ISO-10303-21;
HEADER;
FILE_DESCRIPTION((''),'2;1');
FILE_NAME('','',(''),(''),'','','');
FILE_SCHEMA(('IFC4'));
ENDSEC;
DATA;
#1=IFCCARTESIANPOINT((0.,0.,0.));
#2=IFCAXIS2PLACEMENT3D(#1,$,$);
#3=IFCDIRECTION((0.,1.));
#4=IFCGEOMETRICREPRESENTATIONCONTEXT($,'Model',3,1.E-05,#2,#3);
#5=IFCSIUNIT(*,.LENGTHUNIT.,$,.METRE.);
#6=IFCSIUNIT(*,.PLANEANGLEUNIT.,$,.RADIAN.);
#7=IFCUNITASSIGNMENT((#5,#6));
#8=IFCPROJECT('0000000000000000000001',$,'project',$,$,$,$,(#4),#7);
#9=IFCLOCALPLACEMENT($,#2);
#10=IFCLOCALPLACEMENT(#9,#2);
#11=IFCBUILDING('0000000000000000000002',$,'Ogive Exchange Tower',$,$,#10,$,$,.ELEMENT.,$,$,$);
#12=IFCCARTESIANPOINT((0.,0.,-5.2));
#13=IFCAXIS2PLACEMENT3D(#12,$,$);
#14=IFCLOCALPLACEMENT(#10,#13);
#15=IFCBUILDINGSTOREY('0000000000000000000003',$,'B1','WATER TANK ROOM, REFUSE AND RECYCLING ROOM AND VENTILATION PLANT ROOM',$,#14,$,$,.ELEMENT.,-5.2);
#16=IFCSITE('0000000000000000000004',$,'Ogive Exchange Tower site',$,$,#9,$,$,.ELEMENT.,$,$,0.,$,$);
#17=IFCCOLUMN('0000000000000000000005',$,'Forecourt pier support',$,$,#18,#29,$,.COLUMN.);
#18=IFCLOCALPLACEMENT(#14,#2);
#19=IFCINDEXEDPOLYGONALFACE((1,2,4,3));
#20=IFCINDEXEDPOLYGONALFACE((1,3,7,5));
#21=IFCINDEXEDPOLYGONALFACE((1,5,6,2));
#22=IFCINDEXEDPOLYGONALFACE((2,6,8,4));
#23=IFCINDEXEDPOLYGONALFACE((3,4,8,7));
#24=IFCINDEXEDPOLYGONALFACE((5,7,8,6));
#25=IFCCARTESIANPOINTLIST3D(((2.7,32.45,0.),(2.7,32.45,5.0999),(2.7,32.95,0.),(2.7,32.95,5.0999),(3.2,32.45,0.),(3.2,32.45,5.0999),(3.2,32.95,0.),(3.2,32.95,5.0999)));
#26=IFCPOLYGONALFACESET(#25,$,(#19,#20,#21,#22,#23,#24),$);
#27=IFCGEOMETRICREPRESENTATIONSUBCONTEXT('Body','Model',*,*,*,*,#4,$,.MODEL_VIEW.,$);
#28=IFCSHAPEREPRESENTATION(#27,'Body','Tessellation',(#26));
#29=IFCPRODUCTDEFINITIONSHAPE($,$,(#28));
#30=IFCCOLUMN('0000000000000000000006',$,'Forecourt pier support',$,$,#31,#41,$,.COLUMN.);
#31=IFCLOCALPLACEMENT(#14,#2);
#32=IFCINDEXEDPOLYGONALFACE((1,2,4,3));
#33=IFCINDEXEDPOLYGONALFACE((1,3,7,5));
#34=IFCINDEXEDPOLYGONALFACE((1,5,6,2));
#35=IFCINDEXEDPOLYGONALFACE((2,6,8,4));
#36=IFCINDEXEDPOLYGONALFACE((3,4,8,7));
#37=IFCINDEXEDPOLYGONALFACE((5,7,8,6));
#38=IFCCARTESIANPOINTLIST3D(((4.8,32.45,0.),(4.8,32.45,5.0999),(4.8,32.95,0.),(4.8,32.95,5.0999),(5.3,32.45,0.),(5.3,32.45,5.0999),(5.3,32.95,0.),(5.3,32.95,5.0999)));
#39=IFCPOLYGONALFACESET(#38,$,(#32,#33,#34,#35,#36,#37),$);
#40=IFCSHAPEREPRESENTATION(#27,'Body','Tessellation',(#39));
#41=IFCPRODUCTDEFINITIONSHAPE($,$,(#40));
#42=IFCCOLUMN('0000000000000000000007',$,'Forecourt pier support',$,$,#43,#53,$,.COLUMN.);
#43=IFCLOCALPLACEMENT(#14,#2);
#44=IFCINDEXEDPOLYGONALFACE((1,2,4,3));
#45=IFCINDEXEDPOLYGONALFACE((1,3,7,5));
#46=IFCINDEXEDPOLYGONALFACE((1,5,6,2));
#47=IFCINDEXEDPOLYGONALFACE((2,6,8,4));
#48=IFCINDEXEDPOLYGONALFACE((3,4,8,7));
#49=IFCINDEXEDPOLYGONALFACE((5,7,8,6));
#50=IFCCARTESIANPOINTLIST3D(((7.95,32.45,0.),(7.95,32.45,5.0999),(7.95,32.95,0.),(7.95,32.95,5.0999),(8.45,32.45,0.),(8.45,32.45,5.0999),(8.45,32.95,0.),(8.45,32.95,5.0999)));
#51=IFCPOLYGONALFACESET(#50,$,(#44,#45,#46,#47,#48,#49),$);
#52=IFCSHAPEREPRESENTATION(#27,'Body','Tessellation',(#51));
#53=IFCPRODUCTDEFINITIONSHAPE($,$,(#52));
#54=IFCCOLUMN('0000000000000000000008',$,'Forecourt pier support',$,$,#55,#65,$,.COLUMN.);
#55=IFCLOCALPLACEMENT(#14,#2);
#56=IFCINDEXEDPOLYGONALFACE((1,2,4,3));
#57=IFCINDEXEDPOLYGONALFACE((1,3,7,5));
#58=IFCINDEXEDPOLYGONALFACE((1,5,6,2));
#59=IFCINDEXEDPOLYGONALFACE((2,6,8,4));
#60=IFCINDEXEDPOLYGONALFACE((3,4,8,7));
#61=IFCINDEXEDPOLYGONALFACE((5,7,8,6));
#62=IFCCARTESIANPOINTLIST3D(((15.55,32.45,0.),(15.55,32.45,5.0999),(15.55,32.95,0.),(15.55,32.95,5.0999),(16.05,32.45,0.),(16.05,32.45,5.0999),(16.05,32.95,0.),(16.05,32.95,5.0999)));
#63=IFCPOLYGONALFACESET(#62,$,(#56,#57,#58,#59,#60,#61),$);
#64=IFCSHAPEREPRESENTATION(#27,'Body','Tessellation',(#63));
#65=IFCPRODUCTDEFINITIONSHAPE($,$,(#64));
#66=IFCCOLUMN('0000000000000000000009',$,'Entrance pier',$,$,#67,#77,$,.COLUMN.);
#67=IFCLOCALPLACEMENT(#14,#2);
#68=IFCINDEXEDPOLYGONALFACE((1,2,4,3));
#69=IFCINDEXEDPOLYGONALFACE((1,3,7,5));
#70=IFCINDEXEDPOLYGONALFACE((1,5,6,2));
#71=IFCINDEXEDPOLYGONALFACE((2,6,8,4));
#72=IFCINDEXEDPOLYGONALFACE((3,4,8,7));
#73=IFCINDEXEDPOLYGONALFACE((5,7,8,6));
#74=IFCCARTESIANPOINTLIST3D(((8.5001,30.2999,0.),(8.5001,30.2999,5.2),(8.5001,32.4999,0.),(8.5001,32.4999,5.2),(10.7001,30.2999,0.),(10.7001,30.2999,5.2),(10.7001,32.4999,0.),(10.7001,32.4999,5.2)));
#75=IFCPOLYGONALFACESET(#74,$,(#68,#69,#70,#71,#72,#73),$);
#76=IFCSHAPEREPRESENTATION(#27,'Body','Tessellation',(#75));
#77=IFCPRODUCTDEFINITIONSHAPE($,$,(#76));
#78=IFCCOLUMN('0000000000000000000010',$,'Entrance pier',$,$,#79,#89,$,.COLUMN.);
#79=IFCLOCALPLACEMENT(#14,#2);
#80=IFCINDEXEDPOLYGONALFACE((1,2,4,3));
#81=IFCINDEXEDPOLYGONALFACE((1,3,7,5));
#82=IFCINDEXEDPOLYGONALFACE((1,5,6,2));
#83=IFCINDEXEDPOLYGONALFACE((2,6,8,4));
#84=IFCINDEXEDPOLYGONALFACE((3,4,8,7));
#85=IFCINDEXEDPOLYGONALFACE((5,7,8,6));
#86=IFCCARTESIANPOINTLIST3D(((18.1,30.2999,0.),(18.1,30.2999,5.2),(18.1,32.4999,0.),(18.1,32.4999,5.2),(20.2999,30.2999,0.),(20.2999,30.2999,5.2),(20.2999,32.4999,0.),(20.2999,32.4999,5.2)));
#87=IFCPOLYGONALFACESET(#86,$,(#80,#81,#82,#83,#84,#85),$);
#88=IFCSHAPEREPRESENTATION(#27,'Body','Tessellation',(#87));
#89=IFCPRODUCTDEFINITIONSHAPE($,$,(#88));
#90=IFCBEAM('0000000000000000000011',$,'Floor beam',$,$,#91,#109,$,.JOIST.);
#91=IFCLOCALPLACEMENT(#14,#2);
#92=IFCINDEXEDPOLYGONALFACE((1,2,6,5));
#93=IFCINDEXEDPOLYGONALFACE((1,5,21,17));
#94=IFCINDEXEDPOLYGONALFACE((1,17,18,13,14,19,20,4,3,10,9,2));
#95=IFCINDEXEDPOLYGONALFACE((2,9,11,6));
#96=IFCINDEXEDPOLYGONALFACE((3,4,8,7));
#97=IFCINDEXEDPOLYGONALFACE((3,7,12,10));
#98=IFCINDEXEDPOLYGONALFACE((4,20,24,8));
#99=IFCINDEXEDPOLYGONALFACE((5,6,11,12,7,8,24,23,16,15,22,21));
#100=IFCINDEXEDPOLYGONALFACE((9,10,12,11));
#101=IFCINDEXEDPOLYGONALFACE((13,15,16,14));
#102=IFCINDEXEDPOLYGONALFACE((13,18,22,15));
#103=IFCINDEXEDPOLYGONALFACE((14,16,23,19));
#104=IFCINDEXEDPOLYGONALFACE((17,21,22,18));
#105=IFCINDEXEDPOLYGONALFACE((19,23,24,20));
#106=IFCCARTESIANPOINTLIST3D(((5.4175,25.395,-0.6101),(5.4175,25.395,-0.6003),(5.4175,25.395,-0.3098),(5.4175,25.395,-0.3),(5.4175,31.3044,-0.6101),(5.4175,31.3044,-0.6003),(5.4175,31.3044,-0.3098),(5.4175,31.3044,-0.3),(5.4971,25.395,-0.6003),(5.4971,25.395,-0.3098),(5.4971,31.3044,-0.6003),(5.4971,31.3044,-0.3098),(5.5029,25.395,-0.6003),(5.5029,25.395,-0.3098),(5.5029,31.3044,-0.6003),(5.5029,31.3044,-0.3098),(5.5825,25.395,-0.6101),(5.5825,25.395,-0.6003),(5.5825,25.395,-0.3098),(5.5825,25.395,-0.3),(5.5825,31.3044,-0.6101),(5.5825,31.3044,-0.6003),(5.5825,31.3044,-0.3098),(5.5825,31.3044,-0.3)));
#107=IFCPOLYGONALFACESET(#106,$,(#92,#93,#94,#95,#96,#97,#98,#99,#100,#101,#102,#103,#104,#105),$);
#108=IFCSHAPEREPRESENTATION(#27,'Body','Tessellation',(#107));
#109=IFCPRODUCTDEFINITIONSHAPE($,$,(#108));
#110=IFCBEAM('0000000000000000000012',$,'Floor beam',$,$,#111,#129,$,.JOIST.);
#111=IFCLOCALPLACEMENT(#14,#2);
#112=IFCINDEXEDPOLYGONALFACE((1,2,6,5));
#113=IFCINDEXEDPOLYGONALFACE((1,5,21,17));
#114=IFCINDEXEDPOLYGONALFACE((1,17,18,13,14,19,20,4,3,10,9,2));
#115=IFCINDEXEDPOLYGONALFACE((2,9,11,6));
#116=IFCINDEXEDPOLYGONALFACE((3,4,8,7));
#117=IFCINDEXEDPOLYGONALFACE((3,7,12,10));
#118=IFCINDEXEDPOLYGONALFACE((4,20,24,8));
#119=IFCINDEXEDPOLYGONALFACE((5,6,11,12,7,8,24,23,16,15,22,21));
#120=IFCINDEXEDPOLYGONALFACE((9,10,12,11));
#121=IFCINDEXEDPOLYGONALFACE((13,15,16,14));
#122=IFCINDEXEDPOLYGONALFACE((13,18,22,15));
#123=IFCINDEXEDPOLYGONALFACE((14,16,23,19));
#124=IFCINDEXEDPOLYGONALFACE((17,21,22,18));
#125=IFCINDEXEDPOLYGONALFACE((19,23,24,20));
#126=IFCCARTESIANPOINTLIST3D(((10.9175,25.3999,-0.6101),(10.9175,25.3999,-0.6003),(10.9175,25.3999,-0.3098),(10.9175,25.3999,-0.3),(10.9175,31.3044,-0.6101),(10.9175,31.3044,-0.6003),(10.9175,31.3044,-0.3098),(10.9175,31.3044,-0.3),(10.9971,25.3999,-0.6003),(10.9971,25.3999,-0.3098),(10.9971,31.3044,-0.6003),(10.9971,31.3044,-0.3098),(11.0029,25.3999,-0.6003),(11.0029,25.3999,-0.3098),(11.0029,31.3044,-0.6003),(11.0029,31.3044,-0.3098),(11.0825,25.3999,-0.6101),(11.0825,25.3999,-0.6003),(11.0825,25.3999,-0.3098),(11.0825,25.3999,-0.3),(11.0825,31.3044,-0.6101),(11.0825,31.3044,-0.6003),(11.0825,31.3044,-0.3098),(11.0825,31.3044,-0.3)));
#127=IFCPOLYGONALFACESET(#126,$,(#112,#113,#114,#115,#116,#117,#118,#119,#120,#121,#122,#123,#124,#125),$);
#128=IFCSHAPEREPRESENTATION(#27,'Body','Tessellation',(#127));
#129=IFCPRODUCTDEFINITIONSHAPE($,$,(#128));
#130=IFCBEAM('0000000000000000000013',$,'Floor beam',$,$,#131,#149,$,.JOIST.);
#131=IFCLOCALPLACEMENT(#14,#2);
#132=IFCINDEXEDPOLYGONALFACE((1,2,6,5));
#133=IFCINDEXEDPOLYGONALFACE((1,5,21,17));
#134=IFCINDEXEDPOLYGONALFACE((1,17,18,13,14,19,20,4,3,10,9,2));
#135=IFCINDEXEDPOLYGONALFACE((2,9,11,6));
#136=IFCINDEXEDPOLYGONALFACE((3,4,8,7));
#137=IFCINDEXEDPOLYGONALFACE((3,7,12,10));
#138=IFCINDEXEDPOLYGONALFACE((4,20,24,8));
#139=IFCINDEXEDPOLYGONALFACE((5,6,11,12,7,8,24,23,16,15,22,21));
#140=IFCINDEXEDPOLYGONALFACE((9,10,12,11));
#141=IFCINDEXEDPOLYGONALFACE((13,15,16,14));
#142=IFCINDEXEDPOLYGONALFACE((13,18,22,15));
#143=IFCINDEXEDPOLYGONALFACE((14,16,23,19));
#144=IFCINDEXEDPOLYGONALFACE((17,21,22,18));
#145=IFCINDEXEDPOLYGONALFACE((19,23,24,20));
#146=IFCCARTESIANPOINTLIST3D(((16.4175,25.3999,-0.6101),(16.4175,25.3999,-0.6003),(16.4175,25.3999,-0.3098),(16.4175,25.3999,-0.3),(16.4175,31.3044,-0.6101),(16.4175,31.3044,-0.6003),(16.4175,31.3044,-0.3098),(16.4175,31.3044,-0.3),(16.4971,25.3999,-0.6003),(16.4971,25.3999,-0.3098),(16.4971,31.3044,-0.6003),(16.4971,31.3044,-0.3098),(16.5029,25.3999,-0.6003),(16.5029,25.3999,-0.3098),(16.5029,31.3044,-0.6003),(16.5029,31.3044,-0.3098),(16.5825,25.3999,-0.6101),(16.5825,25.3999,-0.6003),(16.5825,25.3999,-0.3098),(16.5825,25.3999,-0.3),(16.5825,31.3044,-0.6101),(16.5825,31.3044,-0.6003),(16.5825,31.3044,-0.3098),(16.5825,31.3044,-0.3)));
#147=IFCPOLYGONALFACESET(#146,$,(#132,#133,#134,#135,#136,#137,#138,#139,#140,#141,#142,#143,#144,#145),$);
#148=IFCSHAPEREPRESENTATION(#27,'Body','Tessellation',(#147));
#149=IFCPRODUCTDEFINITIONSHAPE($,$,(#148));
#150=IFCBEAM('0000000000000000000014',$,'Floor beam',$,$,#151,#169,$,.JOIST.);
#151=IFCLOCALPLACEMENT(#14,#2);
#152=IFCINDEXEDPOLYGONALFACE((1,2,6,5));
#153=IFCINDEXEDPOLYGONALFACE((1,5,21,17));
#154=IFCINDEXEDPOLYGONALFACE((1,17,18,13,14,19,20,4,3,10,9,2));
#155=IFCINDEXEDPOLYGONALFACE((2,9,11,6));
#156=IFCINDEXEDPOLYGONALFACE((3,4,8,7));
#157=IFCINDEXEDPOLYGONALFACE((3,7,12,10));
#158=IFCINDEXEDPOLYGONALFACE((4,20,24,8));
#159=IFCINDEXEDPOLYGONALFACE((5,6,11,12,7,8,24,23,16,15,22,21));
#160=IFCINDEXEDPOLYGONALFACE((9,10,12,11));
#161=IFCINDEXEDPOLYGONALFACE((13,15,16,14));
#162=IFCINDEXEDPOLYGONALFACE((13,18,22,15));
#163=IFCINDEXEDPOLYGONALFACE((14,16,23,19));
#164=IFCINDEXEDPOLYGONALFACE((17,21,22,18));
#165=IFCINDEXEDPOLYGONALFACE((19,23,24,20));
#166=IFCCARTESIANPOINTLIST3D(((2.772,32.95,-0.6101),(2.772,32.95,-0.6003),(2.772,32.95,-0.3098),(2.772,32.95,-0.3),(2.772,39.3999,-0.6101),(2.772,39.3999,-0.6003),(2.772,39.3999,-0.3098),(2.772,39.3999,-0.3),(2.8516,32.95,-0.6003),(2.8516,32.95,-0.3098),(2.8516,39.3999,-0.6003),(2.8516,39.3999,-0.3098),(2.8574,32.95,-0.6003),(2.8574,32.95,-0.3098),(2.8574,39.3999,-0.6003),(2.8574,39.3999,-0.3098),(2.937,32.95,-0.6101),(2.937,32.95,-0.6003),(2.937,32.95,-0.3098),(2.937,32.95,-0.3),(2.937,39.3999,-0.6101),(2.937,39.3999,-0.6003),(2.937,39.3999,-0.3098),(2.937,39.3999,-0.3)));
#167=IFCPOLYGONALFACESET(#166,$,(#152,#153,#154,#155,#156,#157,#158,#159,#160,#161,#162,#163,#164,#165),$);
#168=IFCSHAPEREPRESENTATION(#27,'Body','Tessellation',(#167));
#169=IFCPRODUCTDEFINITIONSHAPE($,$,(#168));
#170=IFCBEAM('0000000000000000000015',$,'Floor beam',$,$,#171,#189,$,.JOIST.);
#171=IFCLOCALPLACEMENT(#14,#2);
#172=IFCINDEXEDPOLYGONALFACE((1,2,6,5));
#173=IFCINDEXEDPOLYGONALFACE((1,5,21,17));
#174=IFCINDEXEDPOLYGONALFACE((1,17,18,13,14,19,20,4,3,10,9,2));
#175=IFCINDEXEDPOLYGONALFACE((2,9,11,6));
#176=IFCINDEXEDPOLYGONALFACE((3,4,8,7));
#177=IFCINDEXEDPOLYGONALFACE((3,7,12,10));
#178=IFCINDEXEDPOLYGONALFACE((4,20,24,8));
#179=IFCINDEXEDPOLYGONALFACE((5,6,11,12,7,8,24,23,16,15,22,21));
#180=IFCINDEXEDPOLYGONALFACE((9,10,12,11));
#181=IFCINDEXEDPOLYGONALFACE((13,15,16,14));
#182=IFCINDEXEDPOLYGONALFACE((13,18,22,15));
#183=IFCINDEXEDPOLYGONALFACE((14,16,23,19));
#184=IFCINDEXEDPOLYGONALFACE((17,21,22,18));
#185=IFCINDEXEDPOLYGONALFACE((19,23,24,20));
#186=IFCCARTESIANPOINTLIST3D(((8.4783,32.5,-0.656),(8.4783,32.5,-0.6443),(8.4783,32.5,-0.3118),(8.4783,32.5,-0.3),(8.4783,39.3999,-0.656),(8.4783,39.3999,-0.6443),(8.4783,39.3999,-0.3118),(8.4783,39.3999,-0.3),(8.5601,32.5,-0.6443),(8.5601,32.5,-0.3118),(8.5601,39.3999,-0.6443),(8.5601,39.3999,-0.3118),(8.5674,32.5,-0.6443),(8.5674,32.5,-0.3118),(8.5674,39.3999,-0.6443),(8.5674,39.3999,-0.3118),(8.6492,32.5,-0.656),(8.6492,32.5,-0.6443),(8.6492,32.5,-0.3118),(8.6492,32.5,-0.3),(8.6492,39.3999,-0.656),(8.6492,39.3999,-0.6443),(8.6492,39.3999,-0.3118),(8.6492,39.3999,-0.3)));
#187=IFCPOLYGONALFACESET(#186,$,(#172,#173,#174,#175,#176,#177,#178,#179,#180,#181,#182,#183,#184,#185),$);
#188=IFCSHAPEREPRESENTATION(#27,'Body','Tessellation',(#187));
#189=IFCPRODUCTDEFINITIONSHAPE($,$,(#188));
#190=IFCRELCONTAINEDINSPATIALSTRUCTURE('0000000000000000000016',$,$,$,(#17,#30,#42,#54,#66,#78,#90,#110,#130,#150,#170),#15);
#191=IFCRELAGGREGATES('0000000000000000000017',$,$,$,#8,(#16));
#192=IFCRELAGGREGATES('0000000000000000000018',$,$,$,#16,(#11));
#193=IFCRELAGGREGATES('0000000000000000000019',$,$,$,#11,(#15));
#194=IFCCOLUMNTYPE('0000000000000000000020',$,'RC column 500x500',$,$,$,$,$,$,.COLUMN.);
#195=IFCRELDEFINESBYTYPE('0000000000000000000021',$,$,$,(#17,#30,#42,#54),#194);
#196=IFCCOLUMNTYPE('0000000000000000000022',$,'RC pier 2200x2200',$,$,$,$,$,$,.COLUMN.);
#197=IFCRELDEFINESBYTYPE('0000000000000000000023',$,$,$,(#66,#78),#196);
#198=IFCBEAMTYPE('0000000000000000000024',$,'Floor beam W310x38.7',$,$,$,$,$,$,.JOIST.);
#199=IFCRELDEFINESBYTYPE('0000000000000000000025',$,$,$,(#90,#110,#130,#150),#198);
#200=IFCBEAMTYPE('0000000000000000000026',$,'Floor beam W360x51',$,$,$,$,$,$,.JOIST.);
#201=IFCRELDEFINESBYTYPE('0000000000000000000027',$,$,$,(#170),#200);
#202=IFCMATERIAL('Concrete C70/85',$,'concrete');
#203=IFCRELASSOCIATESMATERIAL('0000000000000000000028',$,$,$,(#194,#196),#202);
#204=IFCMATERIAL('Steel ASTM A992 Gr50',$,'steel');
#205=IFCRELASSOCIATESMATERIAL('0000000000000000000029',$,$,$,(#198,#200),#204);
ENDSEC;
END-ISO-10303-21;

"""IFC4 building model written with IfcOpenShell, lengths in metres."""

from ifc_helpers import new_model, si_unit, direction, frame, origin, origin_2d, place, context, subcontext, project, spatial, rectangle, i_section, extrude, material, material_profile, profile_set, type_object, element, save


model = new_model("IFC4")

# Units and contexts
model_context = context("Model", 3, precision=1e-05, world=origin(), true_north=direction((0.0, 1.0)))
body_context = subcontext(model_context, "Body", "Model", "MODEL_VIEW")
ifc_project = project(units=[si_unit("LENGTHUNIT", "METRE"), si_unit("PLANEANGLEUNIT", "RADIAN")], contexts=[model_context])

# Site, building, storey
site_placement = place(None, origin())
site = spatial("IfcSite", under=ifc_project, at=site_placement, Name="Ogive Exchange Tower site", CompositionType="ELEMENT", RefElevation=0.0)
building_placement = place(site_placement, origin())
building = spatial("IfcBuilding", under=site, at=building_placement, Name="Ogive Exchange Tower", CompositionType="ELEMENT")
storey_placement = place(building_placement, frame((0.0, 0.0, -5.2)))
storey = spatial("IfcBuildingStorey", under=building, at=storey_placement, Name="B1", Description="WATER TANK ROOM, REFUSE AND RECYCLING ROOM AND VENTILATION PLANT ROOM", CompositionType="ELEMENT", Elevation=-5.2)

# Columns
ifc_material_1 = material(Name="Concrete C70/85", Category="concrete")
ifc_material_profile_1 = material_profile(ifc_material_1, rectangle(XDim=0.5, YDim=0.5, at=origin_2d()), Name="RC 500x500")
ifc_profile_set_1 = profile_set([ifc_material_profile_1], Name="Concrete C70/85")
column_type_1 = type_object("IfcColumnType", Name="RC column 500x500", PredefinedType="COLUMN", material=ifc_profile_set_1)
for number, where, z_axis, x_axis, name in (
    (1, (2.95, 32.7, 0.0), (0.0, 0.0, 1.0), (1.0, 0.0, 0.0), "Forecourt pier support"),
    (2, (5.05, 32.7, 0.0), (0.0, 0.0, 1.0), (1.0, 0.0, 0.0), "Forecourt pier support"),
    (3, (8.2, 32.7, 0.0), (0.0, 0.0, 1.0), (1.0, 0.0, 0.0), "Forecourt pier support"),
    (4, (15.8, 32.7, 0.0), (0.0, 0.0, 1.0), (1.0, 0.0, 0.0), "Forecourt pier support"),
):
    element("IfcColumn", number, at=place(storey_placement, frame(where, z_axis=z_axis, x_axis=x_axis)), inside=storey, type_object=column_type_1, Name=name, PredefinedType="COLUMN", context=body_context, shape_type="SweptSolid", body=[
        extrude(rectangle(XDim=0.5, YDim=0.5, at=origin_2d()), origin(), (0.0, 0.0, 1.0), 5.0999),
    ])
ifc_material_profile_2 = material_profile(ifc_material_1, rectangle(XDim=2.2, YDim=2.2, at=origin_2d()), Name="RC 2200x2200")
ifc_profile_set_2 = profile_set([ifc_material_profile_2], Name="Concrete C70/85")
column_type_2 = type_object("IfcColumnType", Name="RC pier 2200x2200", PredefinedType="COLUMN", material=ifc_profile_set_2)
for number, where, z_axis, x_axis, name in (
    (5, (9.6001, 31.3999, 0.0), (0.0, 0.0, 1.0), (1.0, 0.0, 0.0), "Entrance pier"),
    (6, (19.2, 31.3999, 0.0), (0.0, 0.0, 1.0), (1.0, 0.0, 0.0), "Entrance pier"),
):
    element("IfcColumn", number, at=place(storey_placement, frame(where, z_axis=z_axis, x_axis=x_axis)), inside=storey, type_object=column_type_2, Name=name, PredefinedType="COLUMN", context=body_context, shape_type="SweptSolid", body=[
        extrude(rectangle(XDim=2.2, YDim=2.2, at=origin_2d()), origin(), (0.0, 0.0, 1.0), 5.2),
    ])

# Beams
ifc_material_2 = material(Name="Steel ASTM A992 Gr50", Category="steel")
ifc_material_profile_3 = material_profile(ifc_material_2, i_section(OverallWidth=0.165, OverallDepth=0.3101, WebThickness=0.0059, FlangeThickness=0.0098, at=origin_2d()), Name="W310x38.7")
ifc_profile_set_3 = profile_set([ifc_material_profile_3], Name="Steel ASTM A992 Gr50")
beam_type_1 = type_object("IfcBeamType", Name="Floor beam W310x38.7", PredefinedType="JOIST", material=ifc_profile_set_3)
beam_1_placement = place(storey_placement, frame((5.5, 25.395, -0.4551), z_axis=(0.0, 1.0, 0.0), x_axis=(-1.0, 0.0, 0.0)))
element("IfcBeam", 7, at=beam_1_placement, inside=storey, type_object=beam_type_1, Name="Floor beam", PredefinedType="JOIST", context=body_context, shape_type="SweptSolid", body=[
    extrude(i_section(OverallWidth=0.165, OverallDepth=0.3101, WebThickness=0.0059, FlangeThickness=0.0098, at=origin_2d()), origin(), (0.0, 0.0, 1.0), 5.9094),
])
for number, where, z_axis, x_axis, name in (
    (8, (11.0, 25.3999, -0.4551), (0.0, 1.0, 0.0), (-1.0, 0.0, 0.0), "Floor beam"),
    (9, (16.5, 25.3999, -0.4551), (0.0, 1.0, 0.0), (-1.0, 0.0, 0.0), "Floor beam"),
):
    element("IfcBeam", number, at=place(storey_placement, frame(where, z_axis=z_axis, x_axis=x_axis)), inside=storey, type_object=beam_type_1, Name=name, PredefinedType="JOIST", context=body_context, shape_type="SweptSolid", body=[
        extrude(i_section(OverallWidth=0.165, OverallDepth=0.3101, WebThickness=0.0059, FlangeThickness=0.0098, at=origin_2d()), origin(), (0.0, 0.0, 1.0), 5.9045),
    ])
beam_2_placement = place(storey_placement, frame((2.8545, 32.95, -0.4551), z_axis=(0.0, 1.0, 0.0), x_axis=(-1.0, 0.0, 0.0)))
element("IfcBeam", 10, at=beam_2_placement, inside=storey, type_object=beam_type_1, Name="Floor beam", PredefinedType="JOIST", context=body_context, shape_type="SweptSolid", body=[
    extrude(i_section(OverallWidth=0.165, OverallDepth=0.3101, WebThickness=0.0059, FlangeThickness=0.0098, at=origin_2d()), origin(), (0.0, 0.0, 1.0), 6.45),
])
ifc_material_profile_4 = material_profile(ifc_material_2, i_section(OverallWidth=0.1709, OverallDepth=0.356, WebThickness=0.0073, FlangeThickness=0.0117, at=origin_2d()), Name="W360x51")
ifc_profile_set_4 = profile_set([ifc_material_profile_4], Name="Steel ASTM A992 Gr50")
beam_type_2 = type_object("IfcBeamType", Name="Floor beam W360x51", PredefinedType="JOIST", material=ifc_profile_set_4)
for number, where, z_axis, x_axis, name in (
    (11, (8.5637, 32.5, -0.478), (0.0, 1.0, 0.0), (-1.0, 0.0, 0.0), "Floor beam"),
):
    element("IfcBeam", number, at=place(storey_placement, frame(where, z_axis=z_axis, x_axis=x_axis)), inside=storey, type_object=beam_type_2, Name=name, PredefinedType="JOIST", context=body_context, shape_type="SweptSolid", body=[
        extrude(i_section(OverallWidth=0.1709, OverallDepth=0.356, WebThickness=0.0073, FlangeThickness=0.0117, at=origin_2d()), origin(), (0.0, 0.0, 1.0), 6.8999),
    ])

save(model, "model.ifc")
